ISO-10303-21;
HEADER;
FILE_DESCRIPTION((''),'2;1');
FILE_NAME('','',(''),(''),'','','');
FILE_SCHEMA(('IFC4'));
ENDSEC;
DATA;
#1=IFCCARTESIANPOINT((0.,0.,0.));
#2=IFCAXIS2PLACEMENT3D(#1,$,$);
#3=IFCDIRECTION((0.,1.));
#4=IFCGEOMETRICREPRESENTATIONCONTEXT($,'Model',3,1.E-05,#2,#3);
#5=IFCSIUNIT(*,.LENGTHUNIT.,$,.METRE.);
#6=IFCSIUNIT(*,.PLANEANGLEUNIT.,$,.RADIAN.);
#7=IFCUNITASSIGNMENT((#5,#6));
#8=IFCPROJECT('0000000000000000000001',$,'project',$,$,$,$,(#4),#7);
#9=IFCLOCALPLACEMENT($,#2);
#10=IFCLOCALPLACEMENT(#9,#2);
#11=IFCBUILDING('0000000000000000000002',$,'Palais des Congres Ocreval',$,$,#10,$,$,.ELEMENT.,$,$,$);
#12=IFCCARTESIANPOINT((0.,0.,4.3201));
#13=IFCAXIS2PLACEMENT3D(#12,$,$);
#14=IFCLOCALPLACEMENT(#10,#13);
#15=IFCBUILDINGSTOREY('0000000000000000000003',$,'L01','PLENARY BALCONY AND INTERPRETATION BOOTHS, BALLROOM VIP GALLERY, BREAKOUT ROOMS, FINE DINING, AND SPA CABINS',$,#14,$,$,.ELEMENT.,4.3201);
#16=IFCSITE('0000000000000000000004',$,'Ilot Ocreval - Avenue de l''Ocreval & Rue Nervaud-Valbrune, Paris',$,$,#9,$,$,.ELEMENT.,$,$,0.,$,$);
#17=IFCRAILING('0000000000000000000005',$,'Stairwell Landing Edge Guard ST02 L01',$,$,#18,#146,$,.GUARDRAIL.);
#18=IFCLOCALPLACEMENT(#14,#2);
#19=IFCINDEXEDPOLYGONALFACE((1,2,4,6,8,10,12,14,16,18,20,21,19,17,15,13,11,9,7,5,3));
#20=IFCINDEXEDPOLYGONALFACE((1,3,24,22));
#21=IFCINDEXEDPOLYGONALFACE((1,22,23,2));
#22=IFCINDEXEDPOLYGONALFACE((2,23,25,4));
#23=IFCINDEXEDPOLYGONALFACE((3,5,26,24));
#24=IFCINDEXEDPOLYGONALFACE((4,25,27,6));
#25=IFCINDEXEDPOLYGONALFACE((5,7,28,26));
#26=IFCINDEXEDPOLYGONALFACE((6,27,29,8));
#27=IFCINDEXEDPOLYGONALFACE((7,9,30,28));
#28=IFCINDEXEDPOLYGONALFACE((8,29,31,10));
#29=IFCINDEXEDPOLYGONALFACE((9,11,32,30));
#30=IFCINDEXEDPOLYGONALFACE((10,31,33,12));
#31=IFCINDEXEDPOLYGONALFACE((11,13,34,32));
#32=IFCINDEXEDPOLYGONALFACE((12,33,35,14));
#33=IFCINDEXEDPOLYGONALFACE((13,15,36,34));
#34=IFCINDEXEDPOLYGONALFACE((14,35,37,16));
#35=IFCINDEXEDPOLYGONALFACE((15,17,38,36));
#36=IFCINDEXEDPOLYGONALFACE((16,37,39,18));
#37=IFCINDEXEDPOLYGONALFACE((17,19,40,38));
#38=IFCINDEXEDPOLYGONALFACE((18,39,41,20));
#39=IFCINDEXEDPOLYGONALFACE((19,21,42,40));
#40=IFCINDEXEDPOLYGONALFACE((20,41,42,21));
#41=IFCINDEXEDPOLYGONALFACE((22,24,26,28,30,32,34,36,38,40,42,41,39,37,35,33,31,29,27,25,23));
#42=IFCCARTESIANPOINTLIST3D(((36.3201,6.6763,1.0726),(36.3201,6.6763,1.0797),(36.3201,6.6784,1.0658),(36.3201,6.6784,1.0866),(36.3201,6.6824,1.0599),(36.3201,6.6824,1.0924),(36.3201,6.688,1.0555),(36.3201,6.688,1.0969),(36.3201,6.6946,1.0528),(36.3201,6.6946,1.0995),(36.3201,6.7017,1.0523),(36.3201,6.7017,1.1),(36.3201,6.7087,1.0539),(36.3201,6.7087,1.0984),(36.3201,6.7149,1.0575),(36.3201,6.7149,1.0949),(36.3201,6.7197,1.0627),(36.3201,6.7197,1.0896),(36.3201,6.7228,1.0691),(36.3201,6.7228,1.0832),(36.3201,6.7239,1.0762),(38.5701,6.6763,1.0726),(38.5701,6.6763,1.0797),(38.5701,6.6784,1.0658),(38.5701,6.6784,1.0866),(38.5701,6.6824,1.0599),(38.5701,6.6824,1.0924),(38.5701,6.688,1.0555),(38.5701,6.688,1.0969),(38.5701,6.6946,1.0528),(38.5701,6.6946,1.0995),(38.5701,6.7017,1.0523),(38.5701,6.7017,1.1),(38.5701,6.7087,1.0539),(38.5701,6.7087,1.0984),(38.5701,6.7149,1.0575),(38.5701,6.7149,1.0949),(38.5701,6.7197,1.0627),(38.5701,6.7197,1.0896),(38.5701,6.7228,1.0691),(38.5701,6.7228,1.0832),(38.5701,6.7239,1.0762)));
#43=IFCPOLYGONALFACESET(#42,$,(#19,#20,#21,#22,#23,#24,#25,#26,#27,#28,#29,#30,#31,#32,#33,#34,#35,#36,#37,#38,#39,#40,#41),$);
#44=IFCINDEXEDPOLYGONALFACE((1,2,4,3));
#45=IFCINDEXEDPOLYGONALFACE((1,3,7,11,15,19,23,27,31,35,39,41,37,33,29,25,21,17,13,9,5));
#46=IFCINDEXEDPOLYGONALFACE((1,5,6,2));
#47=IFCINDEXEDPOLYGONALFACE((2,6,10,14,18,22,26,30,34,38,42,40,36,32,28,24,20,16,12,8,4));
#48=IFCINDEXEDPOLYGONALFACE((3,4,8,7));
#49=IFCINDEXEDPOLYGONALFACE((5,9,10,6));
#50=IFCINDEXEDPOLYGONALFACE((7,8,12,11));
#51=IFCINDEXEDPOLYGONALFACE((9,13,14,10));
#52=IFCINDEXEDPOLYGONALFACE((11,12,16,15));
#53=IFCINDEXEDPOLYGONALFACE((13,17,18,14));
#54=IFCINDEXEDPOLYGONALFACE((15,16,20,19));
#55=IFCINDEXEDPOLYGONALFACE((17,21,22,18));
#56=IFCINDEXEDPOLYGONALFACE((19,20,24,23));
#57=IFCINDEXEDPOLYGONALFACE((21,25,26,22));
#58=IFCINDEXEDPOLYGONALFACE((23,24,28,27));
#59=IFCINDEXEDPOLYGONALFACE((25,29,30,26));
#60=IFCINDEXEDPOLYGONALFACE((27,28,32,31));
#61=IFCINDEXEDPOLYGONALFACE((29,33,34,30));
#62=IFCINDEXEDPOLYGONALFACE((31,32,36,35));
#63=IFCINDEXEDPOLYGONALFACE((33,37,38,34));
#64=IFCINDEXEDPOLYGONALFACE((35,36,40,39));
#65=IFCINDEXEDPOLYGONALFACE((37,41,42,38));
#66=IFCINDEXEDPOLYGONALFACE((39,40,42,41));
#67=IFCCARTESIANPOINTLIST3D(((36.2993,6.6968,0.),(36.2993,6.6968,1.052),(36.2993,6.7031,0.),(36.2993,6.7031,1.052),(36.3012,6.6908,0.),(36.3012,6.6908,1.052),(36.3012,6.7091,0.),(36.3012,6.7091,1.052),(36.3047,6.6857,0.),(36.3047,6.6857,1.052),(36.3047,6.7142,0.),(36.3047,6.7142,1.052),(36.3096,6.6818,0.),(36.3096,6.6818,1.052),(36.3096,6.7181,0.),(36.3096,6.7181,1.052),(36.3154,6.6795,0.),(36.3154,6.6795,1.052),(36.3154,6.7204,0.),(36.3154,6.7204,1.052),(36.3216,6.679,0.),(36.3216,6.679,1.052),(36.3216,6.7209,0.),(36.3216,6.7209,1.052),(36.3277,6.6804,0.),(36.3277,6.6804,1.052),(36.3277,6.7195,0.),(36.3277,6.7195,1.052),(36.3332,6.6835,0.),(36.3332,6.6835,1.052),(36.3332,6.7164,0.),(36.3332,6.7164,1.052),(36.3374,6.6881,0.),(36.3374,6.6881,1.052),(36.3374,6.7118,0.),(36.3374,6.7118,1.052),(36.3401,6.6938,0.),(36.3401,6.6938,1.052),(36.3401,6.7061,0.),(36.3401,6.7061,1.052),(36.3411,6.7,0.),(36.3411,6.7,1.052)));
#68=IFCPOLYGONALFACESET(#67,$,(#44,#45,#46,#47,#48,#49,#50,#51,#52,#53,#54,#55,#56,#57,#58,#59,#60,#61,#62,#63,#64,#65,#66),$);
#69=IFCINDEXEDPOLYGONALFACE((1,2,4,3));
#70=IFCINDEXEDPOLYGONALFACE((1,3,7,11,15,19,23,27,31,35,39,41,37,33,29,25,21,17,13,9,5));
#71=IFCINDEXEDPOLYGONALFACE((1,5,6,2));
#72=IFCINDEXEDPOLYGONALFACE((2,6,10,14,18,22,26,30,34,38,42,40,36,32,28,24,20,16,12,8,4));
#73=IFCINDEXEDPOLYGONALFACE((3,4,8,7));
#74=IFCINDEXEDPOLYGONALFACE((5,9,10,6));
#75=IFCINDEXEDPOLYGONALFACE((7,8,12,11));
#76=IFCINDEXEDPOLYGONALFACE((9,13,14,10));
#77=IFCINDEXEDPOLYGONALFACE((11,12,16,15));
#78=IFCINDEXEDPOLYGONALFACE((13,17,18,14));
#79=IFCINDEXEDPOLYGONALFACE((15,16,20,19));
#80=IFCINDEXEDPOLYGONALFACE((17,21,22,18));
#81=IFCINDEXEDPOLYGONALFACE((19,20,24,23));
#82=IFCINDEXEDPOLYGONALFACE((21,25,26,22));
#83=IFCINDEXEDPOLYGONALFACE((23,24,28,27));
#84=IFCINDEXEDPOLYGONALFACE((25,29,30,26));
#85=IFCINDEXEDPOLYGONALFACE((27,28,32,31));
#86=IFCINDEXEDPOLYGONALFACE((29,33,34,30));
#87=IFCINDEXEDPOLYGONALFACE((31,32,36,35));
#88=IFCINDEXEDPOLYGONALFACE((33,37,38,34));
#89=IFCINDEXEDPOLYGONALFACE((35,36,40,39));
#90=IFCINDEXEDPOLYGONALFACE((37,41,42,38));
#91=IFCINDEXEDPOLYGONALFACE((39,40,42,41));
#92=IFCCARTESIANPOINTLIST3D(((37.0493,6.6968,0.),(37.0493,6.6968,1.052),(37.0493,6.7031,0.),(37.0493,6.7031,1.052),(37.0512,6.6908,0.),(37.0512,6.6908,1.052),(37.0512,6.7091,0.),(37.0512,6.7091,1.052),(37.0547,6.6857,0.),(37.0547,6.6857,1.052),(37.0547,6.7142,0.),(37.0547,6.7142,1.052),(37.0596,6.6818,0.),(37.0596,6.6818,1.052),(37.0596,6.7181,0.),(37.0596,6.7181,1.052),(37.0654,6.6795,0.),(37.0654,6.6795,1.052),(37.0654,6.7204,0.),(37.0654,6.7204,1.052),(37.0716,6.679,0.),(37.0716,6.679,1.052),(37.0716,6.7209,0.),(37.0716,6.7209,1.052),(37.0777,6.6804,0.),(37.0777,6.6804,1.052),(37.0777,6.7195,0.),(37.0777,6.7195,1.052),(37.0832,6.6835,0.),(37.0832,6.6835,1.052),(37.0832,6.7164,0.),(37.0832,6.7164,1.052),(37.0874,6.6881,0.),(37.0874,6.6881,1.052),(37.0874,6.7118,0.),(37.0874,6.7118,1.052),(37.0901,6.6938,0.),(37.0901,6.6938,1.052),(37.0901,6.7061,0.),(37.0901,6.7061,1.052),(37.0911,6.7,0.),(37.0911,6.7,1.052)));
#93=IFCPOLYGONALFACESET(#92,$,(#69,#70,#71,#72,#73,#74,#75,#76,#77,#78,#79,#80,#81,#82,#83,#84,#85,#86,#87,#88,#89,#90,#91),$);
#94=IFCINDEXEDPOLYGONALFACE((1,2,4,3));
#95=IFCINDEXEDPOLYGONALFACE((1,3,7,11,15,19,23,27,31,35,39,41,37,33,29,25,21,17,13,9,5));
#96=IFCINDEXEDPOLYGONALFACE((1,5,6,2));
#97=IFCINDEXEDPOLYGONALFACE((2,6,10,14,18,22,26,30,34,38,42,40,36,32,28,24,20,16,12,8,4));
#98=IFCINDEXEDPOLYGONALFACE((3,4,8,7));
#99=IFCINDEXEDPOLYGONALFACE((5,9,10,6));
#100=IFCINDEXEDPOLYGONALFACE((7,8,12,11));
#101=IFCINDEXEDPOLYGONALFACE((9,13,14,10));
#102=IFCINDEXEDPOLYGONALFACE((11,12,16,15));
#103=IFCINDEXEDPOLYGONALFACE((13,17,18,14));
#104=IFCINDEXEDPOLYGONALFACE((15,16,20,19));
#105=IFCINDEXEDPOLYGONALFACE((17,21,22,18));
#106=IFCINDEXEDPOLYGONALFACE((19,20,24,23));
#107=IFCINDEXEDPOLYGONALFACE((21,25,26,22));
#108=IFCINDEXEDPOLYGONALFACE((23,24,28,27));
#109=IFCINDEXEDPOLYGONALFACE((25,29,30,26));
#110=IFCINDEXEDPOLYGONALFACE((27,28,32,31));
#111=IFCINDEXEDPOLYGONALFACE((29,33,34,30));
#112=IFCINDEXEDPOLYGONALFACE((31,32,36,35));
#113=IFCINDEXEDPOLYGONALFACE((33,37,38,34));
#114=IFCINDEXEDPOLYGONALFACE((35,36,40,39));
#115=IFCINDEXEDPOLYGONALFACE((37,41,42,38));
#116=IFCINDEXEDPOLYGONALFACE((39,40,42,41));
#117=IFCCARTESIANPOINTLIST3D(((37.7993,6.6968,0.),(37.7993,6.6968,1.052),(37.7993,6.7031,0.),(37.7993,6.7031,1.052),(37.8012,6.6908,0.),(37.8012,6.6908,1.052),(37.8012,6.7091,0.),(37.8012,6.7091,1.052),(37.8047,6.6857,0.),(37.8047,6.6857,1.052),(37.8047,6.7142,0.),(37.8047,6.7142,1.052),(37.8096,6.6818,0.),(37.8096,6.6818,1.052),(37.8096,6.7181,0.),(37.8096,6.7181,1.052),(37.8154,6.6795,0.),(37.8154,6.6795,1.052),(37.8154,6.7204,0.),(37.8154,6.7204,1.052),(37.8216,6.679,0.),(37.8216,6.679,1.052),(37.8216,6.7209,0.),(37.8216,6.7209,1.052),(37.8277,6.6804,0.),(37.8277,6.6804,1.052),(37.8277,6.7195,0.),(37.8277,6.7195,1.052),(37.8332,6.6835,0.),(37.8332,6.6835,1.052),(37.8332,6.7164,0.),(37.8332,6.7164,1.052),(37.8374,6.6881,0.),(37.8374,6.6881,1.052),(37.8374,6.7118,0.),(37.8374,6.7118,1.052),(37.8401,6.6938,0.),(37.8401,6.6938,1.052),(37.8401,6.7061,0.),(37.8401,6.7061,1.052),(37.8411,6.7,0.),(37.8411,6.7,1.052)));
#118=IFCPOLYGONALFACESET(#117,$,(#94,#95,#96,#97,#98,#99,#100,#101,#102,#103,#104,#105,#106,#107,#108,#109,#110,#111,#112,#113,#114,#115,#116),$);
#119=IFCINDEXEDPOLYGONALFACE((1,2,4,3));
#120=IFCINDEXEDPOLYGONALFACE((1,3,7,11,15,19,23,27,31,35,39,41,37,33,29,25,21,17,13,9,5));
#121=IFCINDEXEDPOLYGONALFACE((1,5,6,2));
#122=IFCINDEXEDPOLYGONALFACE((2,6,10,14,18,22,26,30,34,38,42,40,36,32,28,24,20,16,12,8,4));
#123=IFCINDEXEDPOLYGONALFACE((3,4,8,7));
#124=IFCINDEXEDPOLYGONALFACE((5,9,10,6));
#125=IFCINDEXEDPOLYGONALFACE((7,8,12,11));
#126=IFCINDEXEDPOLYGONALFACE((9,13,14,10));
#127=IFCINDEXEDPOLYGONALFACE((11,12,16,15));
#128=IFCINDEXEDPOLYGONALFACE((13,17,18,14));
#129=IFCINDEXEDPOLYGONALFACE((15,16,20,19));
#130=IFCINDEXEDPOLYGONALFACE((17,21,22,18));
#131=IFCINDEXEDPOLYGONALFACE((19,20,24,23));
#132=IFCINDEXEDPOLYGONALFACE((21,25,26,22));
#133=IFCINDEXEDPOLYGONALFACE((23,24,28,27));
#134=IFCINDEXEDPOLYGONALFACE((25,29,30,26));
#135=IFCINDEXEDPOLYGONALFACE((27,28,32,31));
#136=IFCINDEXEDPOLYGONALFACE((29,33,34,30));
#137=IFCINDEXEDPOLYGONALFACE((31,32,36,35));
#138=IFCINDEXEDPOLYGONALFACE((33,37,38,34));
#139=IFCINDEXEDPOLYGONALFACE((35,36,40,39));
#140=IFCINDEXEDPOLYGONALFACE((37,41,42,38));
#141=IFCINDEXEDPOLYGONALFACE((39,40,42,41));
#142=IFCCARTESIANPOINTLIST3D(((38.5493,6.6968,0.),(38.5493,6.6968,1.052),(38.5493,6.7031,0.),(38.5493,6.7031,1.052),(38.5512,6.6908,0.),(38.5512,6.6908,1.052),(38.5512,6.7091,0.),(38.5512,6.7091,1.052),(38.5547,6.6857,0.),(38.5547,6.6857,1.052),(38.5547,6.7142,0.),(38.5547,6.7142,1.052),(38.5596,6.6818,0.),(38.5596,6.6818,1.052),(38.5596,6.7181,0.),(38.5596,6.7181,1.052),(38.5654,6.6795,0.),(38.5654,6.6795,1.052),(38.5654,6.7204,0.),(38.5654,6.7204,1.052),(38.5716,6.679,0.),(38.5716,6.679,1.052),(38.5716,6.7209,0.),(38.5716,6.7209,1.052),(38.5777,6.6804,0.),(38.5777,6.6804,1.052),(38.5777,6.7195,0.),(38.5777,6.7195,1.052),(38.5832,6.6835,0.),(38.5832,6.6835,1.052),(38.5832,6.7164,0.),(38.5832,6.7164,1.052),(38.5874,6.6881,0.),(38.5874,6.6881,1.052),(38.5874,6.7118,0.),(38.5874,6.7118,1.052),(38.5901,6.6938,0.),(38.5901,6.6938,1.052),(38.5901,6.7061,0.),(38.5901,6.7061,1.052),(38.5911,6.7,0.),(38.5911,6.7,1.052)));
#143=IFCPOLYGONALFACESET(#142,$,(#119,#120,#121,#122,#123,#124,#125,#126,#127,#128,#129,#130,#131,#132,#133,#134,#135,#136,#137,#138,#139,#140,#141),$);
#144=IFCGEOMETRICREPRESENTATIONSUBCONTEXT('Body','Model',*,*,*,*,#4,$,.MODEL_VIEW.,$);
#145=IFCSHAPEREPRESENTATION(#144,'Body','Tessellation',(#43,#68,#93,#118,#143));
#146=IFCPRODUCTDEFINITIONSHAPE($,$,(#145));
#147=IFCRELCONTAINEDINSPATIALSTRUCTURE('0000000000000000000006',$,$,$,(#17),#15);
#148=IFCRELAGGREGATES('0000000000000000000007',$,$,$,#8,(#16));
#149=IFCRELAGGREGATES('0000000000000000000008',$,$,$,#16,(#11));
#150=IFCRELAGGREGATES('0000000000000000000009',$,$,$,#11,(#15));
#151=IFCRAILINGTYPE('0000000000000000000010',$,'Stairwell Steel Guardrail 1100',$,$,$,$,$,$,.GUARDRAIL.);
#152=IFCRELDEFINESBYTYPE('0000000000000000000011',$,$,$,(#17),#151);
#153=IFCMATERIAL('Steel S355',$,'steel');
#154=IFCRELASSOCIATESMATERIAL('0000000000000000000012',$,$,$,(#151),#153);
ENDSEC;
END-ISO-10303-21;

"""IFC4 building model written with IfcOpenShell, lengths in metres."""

from ifc_helpers import new_model, si_unit, direction, frame, origin, origin_2d, place, context, subcontext, project, spatial, circle, extrude, material, type_object, element, save


model = new_model("IFC4")

# Units and contexts
model_context = context("Model", 3, precision=1e-05, world=origin(), true_north=direction((0.0, 1.0)))
body_context = subcontext(model_context, "Body", "Model", "MODEL_VIEW")
ifc_project = project(units=[si_unit("LENGTHUNIT", "METRE"), si_unit("PLANEANGLEUNIT", "RADIAN")], contexts=[model_context])

# Site, building, storey
site_placement = place(None, origin())
site = spatial("IfcSite", under=ifc_project, at=site_placement, Name="Ilot Ocreval - Avenue de l'Ocreval & Rue Nervaud-Valbrune, Paris", CompositionType="ELEMENT", RefElevation=0.0)
building_placement = place(site_placement, origin())
building = spatial("IfcBuilding", under=site, at=building_placement, Name="Palais des Congres Ocreval", CompositionType="ELEMENT")
storey_placement = place(building_placement, frame((0.0, 0.0, 4.3201)))
storey = spatial("IfcBuildingStorey", under=building, at=storey_placement, Name="L01", Description="PLENARY BALCONY AND INTERPRETATION BOOTHS, BALLROOM VIP GALLERY, BREAKOUT ROOMS, FINE DINING, AND SPA CABINS", CompositionType="ELEMENT", Elevation=4.3201)

# Shared definitions
ifc_material_1 = material(Name="Steel S355", Category="steel")

# Railing
railing_type_1 = type_object("IfcRailingType", Name="Stairwell Steel Guardrail 1100", PredefinedType="GUARDRAIL", material=ifc_material_1)
railing_1_placement = place(storey_placement, frame((36.3201, 6.7, 0.0)))
element("IfcRailing", 1, at=railing_1_placement, inside=storey, type_object=railing_type_1, Name="Stairwell Landing Edge Guard ST02 L01", PredefinedType="GUARDRAIL", context=body_context, shape_type="SweptSolid", body=[
    extrude(circle(Radius=0.0239, at=origin_2d()), frame((0.0, 0.0, 1.0762), z_axis=(1.0, 0.0, 0.0), x_axis=(0.0, 1.0, 0.0)), (0.0, 0.0, 1.0), 2.25),
    extrude(circle(Radius=0.021, at=origin_2d()), origin(), (0.0, 0.0, 1.0), 1.052),
    extrude(circle(Radius=0.021, at=origin_2d()), frame((0.75, 0.0, 0.0)), (0.0, 0.0, 1.0), 1.052),
    extrude(circle(Radius=0.021, at=origin_2d()), frame((1.5, 0.0, 0.0)), (0.0, 0.0, 1.0), 1.052),
    extrude(circle(Radius=0.021, at=origin_2d()), frame((2.25, 0.0, 0.0)), (0.0, 0.0, 1.0), 1.052),
])

save(model, "model.ifc")
